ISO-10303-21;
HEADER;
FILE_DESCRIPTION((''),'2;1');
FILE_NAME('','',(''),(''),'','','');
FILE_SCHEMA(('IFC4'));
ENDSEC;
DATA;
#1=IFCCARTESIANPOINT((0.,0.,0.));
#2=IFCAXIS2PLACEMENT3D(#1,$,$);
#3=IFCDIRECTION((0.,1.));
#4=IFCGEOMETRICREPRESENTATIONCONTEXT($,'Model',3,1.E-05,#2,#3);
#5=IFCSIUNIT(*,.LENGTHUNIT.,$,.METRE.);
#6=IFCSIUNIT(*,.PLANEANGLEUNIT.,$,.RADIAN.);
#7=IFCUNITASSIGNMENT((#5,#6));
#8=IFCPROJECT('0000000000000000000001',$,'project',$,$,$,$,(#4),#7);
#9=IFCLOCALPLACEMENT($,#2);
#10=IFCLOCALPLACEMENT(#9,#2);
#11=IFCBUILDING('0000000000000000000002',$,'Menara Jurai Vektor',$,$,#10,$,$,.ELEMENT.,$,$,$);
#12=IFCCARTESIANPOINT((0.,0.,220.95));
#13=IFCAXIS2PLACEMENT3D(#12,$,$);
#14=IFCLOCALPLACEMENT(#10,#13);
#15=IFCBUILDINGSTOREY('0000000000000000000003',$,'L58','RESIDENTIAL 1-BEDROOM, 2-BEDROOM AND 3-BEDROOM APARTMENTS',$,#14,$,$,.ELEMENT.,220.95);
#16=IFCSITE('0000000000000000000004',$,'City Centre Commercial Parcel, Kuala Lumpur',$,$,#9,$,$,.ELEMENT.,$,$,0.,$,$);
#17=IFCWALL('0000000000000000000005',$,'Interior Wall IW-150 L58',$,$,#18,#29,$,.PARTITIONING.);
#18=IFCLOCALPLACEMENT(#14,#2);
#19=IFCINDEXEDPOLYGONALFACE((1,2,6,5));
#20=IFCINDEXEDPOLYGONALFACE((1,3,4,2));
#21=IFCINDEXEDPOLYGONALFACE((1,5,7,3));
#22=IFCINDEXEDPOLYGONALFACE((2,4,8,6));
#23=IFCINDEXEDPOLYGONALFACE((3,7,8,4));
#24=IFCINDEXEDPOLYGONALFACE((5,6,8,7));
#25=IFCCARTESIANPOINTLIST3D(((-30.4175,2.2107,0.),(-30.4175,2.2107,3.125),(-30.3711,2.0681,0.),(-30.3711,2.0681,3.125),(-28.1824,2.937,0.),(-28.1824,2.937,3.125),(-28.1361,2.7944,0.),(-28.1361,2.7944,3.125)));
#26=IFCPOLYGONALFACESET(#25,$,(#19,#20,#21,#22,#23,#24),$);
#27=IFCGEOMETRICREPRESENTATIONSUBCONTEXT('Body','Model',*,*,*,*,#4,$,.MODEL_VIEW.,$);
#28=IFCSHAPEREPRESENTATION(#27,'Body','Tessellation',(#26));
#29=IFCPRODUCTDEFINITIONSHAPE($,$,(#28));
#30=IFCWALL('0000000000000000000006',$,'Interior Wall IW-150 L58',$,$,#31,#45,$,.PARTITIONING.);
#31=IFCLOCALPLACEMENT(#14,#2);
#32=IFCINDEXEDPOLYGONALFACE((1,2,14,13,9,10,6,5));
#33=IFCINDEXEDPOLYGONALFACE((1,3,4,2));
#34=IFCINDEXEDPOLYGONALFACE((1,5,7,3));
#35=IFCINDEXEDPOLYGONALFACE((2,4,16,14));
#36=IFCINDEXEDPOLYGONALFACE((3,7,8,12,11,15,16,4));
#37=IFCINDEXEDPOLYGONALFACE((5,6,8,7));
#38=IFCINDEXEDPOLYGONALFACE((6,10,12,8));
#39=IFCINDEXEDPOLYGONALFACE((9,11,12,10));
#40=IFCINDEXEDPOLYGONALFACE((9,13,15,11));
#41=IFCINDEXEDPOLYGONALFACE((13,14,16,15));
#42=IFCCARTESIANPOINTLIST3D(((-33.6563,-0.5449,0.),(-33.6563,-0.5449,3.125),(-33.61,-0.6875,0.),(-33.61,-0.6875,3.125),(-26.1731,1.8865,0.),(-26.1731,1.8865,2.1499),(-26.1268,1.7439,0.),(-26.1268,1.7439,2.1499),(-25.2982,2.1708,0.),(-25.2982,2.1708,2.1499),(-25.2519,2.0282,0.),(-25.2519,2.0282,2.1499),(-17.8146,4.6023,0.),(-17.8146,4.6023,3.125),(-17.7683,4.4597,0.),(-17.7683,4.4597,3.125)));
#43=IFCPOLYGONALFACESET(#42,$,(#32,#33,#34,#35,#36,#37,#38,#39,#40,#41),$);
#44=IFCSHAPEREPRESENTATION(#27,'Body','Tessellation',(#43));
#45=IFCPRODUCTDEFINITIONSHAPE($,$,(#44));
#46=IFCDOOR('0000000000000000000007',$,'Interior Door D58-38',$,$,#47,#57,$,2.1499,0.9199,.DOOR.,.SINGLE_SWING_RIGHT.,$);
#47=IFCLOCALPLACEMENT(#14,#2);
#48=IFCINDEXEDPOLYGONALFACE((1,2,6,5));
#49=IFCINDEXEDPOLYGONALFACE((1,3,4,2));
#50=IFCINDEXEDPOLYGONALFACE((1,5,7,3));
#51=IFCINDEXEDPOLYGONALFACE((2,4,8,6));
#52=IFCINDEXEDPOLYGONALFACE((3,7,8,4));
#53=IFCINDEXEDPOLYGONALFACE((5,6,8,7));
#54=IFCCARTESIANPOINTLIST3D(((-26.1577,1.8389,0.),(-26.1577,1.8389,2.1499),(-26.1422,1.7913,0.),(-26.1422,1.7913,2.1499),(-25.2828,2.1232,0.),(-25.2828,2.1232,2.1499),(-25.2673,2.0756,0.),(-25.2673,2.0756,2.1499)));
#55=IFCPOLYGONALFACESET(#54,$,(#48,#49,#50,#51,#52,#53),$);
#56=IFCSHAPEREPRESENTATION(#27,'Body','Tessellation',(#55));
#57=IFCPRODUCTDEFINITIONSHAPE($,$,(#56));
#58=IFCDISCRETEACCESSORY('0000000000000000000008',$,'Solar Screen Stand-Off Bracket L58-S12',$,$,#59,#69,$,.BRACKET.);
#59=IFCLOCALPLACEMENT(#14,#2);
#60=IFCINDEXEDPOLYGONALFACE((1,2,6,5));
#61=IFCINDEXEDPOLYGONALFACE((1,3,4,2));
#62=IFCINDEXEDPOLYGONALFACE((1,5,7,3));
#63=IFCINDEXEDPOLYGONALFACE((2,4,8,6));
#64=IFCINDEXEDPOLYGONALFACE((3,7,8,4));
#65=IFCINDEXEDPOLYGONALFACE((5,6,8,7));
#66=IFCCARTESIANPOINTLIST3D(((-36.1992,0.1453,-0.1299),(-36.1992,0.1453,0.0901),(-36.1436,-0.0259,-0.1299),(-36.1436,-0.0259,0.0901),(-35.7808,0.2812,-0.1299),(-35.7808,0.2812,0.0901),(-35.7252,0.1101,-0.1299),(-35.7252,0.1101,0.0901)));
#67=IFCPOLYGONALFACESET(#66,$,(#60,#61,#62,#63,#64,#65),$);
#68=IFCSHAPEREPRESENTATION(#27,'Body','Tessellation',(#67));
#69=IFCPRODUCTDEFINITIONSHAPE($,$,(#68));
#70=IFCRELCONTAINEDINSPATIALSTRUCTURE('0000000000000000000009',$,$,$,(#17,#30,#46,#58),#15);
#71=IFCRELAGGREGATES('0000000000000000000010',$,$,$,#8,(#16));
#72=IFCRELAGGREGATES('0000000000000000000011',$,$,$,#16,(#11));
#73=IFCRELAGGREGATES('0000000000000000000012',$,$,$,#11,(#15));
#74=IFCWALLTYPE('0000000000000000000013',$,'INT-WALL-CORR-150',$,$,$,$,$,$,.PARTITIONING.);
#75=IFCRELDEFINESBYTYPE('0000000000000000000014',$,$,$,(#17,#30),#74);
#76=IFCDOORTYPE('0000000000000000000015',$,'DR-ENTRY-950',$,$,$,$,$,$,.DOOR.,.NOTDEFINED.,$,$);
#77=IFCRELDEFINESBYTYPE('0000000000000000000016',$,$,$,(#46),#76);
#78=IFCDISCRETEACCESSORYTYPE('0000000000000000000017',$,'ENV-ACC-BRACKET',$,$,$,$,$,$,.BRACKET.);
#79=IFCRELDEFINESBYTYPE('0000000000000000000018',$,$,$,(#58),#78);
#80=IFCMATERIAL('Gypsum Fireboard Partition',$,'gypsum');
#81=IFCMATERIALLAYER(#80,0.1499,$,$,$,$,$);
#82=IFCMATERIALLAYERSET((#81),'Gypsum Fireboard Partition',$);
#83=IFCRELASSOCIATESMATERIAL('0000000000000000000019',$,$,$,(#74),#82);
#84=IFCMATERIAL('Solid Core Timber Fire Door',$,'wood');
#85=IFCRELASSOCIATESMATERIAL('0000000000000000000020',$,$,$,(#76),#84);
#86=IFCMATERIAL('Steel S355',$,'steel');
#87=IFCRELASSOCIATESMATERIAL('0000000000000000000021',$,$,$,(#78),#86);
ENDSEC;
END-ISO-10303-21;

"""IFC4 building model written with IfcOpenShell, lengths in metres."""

from ifc_helpers import new_model, si_unit, direction, frame, frame_2d, origin, origin_2d, place, context, subcontext, project, spatial, rectangle, extrude, material, layer, layer_set, type_object, element, fill, save


model = new_model("IFC4")

# Units and contexts
model_context = context("Model", 3, precision=1e-05, world=origin(), true_north=direction((0.0, 1.0)))
body_context = subcontext(model_context, "Body", "Model", "MODEL_VIEW")
ifc_project = project(units=[si_unit("LENGTHUNIT", "METRE"), si_unit("PLANEANGLEUNIT", "RADIAN")], contexts=[model_context])

# Site, building, storey
site_placement = place(None, origin())
site = spatial("IfcSite", under=ifc_project, at=site_placement, Name="City Centre Commercial Parcel, Kuala Lumpur", CompositionType="ELEMENT", RefElevation=0.0)
building_placement = place(site_placement, origin())
building = spatial("IfcBuilding", under=site, at=building_placement, Name="Menara Jurai Vektor", CompositionType="ELEMENT")
storey_placement = place(building_placement, frame((0.0, 0.0, 220.95)))
storey = spatial("IfcBuildingStorey", under=building, at=storey_placement, Name="L58", Description="RESIDENTIAL 1-BEDROOM, 2-BEDROOM AND 3-BEDROOM APARTMENTS", CompositionType="ELEMENT", Elevation=220.95)

# Shared definitions
ifc_material_1 = material(Name="Steel S355", Category="steel")

# Wall
ifc_material_2 = material(Name="Gypsum Fireboard Partition", Category="gypsum")
ifc_layer_1 = layer(ifc_material_2, 0.1499)
ifc_layer_set_1 = layer_set([ifc_layer_1], Name="Gypsum Fireboard Partition")
wall_type = type_object("IfcWallType", Name="INT-WALL-CORR-150", PredefinedType="PARTITIONING", material=ifc_layer_set_1)
wall_1_placement = place(storey_placement, frame((-30.3943, 2.1394, 0.0), z_axis=(0.0, 0.0, 1.0), x_axis=(0.951046, 0.309051, 0.0)))
element("IfcWall", 1, at=wall_1_placement, inside=storey, type_object=wall_type, Name="Interior Wall IW-150 L58", PredefinedType="PARTITIONING", context=body_context, shape_type="SweptSolid", body=[
    extrude(rectangle(XDim=2.3501, YDim=0.1499, at=frame_2d((1.175, 0.0))), origin(), (0.0, 0.0, 1.0), 3.125),
])

# Wall, opening, door
wall_2_placement = place(storey_placement, frame((-33.6333, -0.6162, 0.0), z_axis=(0.0, 0.0, 1.0), x_axis=(0.951058, 0.309012, 0.0)))
wall_2 = element("IfcWall", 2, at=wall_2_placement, inside=storey, type_object=wall_type, Name="Interior Wall IW-150 L58", PredefinedType="PARTITIONING", context=body_context, shape_type="SweptSolid", body=[
    extrude(rectangle(XDim=16.657, YDim=0.1499, at=frame_2d((8.3286, 0.0))), origin(), (0.0, 0.0, 1.0), 3.125),
])
opening_1_placement = place(wall_2_placement, frame((7.8684, 0.0, 0.0)))
opening_1 = element("IfcOpeningElement", 3, at=opening_1_placement, cuts=wall_2, PredefinedType="OPENING", context=body_context, shape_type="SweptSolid", body=[
    extrude(rectangle(XDim=0.9199, YDim=2.1499, at=frame_2d((0.46, 1.075))), frame((0.0, 0.085, 0.0), z_axis=(0.0, -1.0, 0.0), x_axis=(1.0, 0.0, 0.0)), (0.0, 0.0, 1.0), 0.1699),
])
ifc_material_3 = material(Name="Solid Core Timber Fire Door", Category="wood")
door_type_1 = type_object("IfcDoorType", Name="DR-ENTRY-950", OperationType="NOTDEFINED", PredefinedType="DOOR", material=ifc_material_3)
door_1_placement = place(opening_1_placement, origin())
door_1 = element("IfcDoor", 4, at=door_1_placement, inside=storey, type_object=door_type_1, Name="Interior Door D58-38", OperationType="SINGLE_SWING_RIGHT", OverallHeight=2.1499, OverallWidth=0.9199, PredefinedType="DOOR", context=body_context, shape_type="SweptSolid", body=[
    extrude(rectangle(XDim=0.9199, YDim=2.1499, at=frame_2d((0.46, 1.075))), frame((0.0, 0.0249, 0.0), z_axis=(0.0, -1.0, 0.0), x_axis=(1.0, 0.0, 0.0)), (0.0, 0.0, 1.0), 0.05),
])
fill(opening_1, door_1)

# Discrete accessory
discrete_accessory_type = type_object("IfcDiscreteAccessoryType", Name="ENV-ACC-BRACKET", PredefinedType="BRACKET", material=ifc_material_1)
discrete_accessory_placement = place(storey_placement, frame((-35.9622, 0.1277, -0.1299), z_axis=(0.0, 0.0, 1.0), x_axis=(0.309017, -0.951057, 0.0)))
element("IfcDiscreteAccessory", 5, at=discrete_accessory_placement, inside=storey, type_object=discrete_accessory_type, Name="Solar Screen Stand-Off Bracket L58-S12", PredefinedType="BRACKET", context=body_context, shape_type="SweptSolid", body=[
    extrude(rectangle(XDim=0.1799, YDim=0.4399, at=origin_2d()), origin(), (0.0, 0.0, 1.0), 0.22),
])

save(model, "model.ifc")
